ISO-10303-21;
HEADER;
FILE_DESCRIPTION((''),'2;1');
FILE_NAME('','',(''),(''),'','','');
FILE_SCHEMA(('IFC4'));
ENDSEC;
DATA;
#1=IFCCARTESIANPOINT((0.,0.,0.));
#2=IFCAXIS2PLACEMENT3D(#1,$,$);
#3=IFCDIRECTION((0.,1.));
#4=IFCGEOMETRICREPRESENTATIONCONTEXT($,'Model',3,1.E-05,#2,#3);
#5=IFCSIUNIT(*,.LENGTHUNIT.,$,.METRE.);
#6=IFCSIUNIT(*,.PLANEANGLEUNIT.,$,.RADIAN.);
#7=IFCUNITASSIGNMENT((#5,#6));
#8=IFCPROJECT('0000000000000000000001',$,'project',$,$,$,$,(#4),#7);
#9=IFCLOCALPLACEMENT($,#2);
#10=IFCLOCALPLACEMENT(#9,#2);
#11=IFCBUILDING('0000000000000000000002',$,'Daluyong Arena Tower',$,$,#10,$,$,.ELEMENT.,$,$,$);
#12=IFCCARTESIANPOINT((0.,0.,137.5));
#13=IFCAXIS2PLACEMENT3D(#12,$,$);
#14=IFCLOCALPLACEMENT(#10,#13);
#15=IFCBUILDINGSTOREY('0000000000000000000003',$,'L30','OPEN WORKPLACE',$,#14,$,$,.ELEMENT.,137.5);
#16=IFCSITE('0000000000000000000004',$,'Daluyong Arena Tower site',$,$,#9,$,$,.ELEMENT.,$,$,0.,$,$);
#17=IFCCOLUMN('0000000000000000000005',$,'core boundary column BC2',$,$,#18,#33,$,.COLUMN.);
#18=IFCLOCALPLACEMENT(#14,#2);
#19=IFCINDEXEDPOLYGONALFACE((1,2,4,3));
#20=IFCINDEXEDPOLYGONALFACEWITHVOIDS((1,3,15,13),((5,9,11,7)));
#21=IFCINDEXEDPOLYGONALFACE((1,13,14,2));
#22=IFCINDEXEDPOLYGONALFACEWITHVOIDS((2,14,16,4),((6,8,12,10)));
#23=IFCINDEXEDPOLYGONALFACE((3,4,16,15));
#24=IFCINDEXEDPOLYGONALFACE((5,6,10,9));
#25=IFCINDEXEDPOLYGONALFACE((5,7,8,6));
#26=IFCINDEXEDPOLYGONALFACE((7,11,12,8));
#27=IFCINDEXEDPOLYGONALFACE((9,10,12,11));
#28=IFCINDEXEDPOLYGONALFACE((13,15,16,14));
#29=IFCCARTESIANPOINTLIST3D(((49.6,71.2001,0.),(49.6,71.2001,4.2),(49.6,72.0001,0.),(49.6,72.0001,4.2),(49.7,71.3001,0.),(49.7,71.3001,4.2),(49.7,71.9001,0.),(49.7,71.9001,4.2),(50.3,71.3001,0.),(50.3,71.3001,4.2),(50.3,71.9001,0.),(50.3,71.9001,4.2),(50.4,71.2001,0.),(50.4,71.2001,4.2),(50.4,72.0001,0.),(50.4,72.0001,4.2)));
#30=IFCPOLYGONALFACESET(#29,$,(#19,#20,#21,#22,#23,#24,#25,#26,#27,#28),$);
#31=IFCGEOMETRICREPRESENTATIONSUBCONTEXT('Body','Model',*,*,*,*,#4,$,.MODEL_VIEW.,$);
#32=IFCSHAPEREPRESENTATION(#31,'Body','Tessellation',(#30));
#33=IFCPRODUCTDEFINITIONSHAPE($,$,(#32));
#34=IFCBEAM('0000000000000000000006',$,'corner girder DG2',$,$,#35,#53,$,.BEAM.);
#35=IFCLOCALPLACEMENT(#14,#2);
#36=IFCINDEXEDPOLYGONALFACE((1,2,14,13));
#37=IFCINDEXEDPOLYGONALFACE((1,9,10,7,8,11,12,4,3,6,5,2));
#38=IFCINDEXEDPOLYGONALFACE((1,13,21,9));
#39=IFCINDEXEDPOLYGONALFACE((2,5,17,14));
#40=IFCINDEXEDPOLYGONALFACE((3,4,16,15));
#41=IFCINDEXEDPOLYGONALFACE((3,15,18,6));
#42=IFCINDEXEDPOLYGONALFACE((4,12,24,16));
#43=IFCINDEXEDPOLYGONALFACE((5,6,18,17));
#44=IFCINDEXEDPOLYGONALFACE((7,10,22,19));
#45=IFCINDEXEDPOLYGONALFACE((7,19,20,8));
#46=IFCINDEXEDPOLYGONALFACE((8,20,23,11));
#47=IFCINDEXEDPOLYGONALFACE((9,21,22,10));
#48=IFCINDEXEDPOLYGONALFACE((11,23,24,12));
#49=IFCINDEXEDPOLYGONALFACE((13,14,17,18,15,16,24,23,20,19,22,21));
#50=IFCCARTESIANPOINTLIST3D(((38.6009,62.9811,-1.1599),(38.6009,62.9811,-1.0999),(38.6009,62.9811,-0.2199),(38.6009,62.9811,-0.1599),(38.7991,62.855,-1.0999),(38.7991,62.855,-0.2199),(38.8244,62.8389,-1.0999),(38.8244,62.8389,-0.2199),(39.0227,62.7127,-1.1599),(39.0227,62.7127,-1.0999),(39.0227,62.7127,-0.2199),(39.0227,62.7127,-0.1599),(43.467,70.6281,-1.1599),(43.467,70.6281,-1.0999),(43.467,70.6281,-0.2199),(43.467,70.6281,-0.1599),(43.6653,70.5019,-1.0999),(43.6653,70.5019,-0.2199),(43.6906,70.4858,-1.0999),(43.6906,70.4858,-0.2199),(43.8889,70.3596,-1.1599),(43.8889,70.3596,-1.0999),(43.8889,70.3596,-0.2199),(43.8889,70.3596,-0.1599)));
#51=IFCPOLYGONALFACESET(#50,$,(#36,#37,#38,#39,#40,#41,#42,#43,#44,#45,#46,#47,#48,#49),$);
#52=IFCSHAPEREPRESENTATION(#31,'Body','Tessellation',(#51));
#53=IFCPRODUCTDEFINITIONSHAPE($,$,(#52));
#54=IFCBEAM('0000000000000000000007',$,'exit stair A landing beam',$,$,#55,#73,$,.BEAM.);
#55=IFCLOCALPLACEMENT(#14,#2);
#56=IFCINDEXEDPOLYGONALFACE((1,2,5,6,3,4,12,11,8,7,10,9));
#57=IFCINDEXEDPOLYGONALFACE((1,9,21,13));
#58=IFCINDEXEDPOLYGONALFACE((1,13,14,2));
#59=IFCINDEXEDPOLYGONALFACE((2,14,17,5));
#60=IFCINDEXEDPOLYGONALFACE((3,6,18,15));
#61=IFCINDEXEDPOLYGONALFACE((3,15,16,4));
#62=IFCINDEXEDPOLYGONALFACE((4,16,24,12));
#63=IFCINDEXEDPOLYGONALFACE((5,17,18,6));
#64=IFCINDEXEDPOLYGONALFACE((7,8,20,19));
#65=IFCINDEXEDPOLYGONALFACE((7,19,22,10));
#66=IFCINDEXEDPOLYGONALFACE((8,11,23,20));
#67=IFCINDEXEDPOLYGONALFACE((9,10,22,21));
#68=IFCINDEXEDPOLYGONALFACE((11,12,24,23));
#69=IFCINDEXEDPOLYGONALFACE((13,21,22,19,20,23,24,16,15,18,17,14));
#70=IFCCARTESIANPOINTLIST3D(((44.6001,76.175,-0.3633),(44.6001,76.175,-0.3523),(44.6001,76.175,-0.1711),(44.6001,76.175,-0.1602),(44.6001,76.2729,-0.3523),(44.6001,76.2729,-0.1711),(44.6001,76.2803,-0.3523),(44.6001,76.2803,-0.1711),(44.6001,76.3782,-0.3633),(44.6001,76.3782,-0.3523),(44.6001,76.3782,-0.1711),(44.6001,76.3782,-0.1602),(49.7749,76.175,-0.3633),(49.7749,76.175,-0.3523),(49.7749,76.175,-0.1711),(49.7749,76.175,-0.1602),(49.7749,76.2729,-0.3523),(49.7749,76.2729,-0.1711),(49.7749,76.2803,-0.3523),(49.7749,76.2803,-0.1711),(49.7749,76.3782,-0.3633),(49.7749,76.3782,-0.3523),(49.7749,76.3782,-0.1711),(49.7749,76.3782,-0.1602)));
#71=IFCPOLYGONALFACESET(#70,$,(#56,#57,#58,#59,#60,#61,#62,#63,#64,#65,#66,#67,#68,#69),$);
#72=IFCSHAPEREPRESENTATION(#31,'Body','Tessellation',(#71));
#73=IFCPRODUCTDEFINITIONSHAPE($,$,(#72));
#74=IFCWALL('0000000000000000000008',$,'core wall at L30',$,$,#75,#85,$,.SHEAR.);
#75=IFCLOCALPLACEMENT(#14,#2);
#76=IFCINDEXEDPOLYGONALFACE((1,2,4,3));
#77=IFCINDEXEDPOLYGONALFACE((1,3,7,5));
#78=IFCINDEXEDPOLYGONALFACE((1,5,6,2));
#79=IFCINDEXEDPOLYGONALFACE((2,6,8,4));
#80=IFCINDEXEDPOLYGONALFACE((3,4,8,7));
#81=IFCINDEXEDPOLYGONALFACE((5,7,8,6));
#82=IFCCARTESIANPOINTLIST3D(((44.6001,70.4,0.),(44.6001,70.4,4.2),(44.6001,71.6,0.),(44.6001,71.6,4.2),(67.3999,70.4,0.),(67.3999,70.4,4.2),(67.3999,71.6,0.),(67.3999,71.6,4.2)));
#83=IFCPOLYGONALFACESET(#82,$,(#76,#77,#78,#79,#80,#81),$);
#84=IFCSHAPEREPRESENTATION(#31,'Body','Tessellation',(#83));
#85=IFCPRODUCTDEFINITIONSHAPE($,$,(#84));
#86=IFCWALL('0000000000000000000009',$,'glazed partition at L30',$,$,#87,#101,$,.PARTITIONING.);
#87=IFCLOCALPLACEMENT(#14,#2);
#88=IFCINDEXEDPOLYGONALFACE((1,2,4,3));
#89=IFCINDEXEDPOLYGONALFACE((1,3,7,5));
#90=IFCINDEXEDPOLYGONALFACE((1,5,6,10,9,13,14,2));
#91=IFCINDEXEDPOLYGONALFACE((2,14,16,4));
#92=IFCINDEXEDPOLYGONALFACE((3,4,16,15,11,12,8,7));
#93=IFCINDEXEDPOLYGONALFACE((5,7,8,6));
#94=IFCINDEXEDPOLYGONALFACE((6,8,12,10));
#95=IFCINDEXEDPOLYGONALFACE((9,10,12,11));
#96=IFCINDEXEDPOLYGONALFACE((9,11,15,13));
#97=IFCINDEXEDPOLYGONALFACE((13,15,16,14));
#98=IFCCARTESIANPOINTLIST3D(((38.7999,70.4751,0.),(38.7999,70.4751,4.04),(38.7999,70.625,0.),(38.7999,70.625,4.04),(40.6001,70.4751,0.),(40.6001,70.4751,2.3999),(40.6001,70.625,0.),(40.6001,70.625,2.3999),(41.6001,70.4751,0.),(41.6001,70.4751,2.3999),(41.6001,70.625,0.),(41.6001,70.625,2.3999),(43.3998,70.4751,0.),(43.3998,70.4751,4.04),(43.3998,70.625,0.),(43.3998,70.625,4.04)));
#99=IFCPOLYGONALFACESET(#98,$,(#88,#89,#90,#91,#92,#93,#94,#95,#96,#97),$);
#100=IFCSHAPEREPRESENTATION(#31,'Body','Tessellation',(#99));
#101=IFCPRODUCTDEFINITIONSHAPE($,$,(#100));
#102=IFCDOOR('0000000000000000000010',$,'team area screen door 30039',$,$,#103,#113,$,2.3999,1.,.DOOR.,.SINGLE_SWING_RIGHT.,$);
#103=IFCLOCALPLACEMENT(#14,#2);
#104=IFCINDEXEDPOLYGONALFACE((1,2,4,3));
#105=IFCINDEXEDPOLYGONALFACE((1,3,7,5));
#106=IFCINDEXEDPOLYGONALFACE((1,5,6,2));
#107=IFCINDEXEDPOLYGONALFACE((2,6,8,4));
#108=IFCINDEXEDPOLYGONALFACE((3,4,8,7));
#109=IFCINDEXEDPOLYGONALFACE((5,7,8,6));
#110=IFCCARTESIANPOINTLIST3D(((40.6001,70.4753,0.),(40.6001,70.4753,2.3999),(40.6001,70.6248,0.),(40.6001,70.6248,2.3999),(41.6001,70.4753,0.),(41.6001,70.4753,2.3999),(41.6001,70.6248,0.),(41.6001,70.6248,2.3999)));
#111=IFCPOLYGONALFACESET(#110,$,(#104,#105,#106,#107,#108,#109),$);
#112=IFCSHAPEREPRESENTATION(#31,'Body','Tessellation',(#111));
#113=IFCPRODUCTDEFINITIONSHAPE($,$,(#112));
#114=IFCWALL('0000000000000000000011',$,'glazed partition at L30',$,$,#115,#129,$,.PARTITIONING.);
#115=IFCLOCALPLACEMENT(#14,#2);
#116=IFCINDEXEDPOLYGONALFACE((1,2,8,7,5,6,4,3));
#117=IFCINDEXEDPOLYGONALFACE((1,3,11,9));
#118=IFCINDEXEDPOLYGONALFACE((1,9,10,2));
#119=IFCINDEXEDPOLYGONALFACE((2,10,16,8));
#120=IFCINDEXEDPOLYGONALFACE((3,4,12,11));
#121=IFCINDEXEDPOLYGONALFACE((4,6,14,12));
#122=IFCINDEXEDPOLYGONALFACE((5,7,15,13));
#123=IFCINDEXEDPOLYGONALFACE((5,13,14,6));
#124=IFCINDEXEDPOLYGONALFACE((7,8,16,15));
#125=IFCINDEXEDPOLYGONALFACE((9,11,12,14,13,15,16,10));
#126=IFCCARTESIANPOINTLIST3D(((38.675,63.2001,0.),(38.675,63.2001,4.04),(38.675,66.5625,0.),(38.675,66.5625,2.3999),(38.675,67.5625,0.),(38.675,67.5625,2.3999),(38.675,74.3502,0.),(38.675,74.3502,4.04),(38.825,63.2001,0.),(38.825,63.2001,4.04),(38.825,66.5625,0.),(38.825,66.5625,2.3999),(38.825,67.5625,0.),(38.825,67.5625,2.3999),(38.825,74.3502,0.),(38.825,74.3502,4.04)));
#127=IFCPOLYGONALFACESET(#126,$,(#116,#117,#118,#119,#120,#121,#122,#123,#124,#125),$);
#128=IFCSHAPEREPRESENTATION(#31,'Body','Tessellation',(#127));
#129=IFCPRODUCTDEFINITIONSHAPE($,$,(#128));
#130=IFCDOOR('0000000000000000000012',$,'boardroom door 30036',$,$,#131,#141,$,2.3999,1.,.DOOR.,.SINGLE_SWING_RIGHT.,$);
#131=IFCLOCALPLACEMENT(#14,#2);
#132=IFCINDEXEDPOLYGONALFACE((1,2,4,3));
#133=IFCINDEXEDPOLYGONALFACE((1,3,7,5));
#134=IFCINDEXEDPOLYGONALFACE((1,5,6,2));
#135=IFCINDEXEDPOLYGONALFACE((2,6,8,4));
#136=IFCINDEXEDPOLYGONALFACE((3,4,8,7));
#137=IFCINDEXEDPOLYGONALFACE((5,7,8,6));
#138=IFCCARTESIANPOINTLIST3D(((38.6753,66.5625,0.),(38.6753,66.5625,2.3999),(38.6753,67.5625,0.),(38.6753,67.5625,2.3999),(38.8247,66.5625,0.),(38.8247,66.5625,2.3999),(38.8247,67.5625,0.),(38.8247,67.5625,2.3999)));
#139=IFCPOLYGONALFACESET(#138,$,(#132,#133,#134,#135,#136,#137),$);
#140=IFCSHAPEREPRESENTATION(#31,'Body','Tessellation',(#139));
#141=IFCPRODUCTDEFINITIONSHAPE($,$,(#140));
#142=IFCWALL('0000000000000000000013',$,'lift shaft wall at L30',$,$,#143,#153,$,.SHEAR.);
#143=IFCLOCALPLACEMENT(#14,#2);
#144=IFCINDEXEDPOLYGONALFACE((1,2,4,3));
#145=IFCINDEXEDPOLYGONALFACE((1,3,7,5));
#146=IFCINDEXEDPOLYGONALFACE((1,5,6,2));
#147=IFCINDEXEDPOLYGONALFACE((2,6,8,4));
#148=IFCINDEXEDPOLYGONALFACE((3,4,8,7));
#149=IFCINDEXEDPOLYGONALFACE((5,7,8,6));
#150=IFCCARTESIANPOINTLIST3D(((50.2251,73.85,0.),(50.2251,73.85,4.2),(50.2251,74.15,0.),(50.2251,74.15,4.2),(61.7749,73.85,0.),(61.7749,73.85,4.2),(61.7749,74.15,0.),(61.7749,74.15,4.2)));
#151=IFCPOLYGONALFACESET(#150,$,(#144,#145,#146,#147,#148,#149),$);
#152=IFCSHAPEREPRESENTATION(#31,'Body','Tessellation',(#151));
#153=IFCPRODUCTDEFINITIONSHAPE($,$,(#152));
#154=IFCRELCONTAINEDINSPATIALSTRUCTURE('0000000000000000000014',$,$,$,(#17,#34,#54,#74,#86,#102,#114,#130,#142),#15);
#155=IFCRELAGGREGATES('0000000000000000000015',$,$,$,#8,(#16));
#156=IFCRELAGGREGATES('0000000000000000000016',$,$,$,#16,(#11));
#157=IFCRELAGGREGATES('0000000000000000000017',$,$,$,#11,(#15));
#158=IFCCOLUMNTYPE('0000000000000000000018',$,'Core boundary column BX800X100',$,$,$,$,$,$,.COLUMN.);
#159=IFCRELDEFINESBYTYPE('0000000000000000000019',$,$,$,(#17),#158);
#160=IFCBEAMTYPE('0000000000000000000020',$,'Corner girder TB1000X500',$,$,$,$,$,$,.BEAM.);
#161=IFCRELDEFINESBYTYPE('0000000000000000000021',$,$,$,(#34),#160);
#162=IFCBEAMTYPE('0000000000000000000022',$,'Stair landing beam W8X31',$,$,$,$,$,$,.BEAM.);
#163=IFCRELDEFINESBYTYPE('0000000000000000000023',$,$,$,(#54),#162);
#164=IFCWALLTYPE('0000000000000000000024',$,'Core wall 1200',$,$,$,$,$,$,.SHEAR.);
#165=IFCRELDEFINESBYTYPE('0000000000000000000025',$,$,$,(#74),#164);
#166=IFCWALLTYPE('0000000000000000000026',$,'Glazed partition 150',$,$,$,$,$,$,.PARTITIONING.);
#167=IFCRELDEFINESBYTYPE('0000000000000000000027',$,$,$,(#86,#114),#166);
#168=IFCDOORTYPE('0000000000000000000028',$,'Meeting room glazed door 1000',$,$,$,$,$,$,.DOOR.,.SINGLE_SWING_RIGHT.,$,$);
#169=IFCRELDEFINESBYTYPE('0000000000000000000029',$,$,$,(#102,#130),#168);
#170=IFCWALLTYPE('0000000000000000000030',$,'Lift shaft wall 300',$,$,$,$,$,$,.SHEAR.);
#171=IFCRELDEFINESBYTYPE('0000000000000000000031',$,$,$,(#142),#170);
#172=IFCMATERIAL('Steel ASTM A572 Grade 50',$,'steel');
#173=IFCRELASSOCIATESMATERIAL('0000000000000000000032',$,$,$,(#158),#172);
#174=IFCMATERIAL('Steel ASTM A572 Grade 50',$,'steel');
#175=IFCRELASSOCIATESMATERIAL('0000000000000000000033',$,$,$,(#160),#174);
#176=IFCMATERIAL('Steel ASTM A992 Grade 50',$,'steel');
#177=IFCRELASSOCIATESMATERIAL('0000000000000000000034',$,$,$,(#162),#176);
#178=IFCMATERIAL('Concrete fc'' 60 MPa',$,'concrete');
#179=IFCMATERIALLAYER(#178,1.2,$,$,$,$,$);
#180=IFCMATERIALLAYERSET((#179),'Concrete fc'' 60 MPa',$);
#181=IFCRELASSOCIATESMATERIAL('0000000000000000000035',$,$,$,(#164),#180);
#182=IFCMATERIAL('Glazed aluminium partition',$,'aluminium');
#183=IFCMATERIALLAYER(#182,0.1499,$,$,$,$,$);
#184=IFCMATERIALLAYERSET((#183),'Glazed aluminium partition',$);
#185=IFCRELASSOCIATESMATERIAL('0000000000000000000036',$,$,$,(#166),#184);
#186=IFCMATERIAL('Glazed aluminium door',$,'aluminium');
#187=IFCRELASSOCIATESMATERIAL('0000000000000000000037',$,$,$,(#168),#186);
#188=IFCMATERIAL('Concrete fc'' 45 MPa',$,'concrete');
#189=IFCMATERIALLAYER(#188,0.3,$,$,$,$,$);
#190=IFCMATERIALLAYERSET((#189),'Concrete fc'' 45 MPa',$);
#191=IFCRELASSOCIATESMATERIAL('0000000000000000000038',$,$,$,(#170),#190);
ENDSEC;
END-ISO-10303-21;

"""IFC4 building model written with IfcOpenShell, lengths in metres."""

from ifc_helpers import new_model, si_unit, direction, frame, frame_2d, origin, origin_2d, place, context, subcontext, project, spatial, rectangle, hollow_rectangle, i_section, extrude, material, layer, layer_set, material_profile, profile_set, type_object, element, fill, save


model = new_model("IFC4")

# Units and contexts
model_context = context("Model", 3, precision=1e-05, world=origin(), true_north=direction((0.0, 1.0)))
body_context = subcontext(model_context, "Body", "Model", "MODEL_VIEW")
ifc_project = project(units=[si_unit("LENGTHUNIT", "METRE"), si_unit("PLANEANGLEUNIT", "RADIAN")], contexts=[model_context])

# Site, building, storey
site_placement = place(None, origin())
site = spatial("IfcSite", under=ifc_project, at=site_placement, Name="Daluyong Arena Tower site", CompositionType="ELEMENT", RefElevation=0.0)
building_placement = place(site_placement, origin())
building = spatial("IfcBuilding", under=site, at=building_placement, Name="Daluyong Arena Tower", CompositionType="ELEMENT")
storey_placement = place(building_placement, frame((0.0, 0.0, 137.5)))
storey = spatial("IfcBuildingStorey", under=building, at=storey_placement, Name="L30", Description="OPEN WORKPLACE", CompositionType="ELEMENT", Elevation=137.5)

# Column
ifc_material_1 = material(Name="Steel ASTM A572 Grade 50", Category="steel")
ifc_material_profile_1 = material_profile(ifc_material_1, hollow_rectangle(XDim=0.8, YDim=0.8, WallThickness=0.1, at=origin_2d()))
ifc_profile_set_1 = profile_set([ifc_material_profile_1], Name="Steel ASTM A572 Grade 50")
column_type = type_object("IfcColumnType", Name="Core boundary column BX800X100", PredefinedType="COLUMN", material=ifc_profile_set_1)
column_placement = place(storey_placement, frame((50.0, 71.6001, 0.0), z_axis=(0.0, 0.0, 1.0), x_axis=(1.0, 0.0, 0.0)))
element("IfcColumn", 1, at=column_placement, inside=storey, type_object=column_type, Name="core boundary column BC2", PredefinedType="COLUMN", context=body_context, shape_type="SweptSolid", body=[
    extrude(hollow_rectangle(XDim=0.8, YDim=0.8, WallThickness=0.1, at=origin_2d()), origin(), (0.0, 0.0, 1.0), 4.2),
])

# Beams
ifc_material_2 = material(Name="Steel ASTM A572 Grade 50", Category="steel")
ifc_material_profile_2 = material_profile(ifc_material_2, i_section(OverallWidth=0.5, OverallDepth=1.0, WebThickness=0.03, FlangeThickness=0.06, at=origin_2d()))
ifc_profile_set_2 = profile_set([ifc_material_profile_2], Name="Steel ASTM A572 Grade 50")
beam_type_1 = type_object("IfcBeamType", Name="Corner girder TB1000X500", PredefinedType="BEAM", material=ifc_profile_set_2)
beam_1_placement = place(storey_placement, frame((38.8118, 62.8469, -0.6599), z_axis=(0.536872, 0.843664, 0.0), x_axis=(-0.843664, 0.536872, 0.0)))
element("IfcBeam", 2, at=beam_1_placement, inside=storey, type_object=beam_type_1, Name="corner girder DG2", PredefinedType="BEAM", context=body_context, shape_type="SweptSolid", body=[
    extrude(i_section(OverallWidth=0.5, OverallDepth=1.0, WebThickness=0.03, FlangeThickness=0.06, at=origin_2d()), origin(), (0.0, 0.0, 1.0), 9.064),
])
ifc_material_3 = material(Name="Steel ASTM A992 Grade 50", Category="steel")
ifc_material_profile_3 = material_profile(ifc_material_3, i_section(OverallWidth=0.2031, OverallDepth=0.2031, WebThickness=0.0073, FlangeThickness=0.011, at=origin_2d()))
ifc_profile_set_3 = profile_set([ifc_material_profile_3], Name="Steel ASTM A992 Grade 50")
beam_type_2 = type_object("IfcBeamType", Name="Stair landing beam W8X31", PredefinedType="BEAM", material=ifc_profile_set_3)
beam_2_placement = place(storey_placement, frame((44.6001, 76.2766, -0.2617), z_axis=(1.0, 0.0, 0.0), x_axis=(0.0, 1.0, 0.0)))
element("IfcBeam", 3, at=beam_2_placement, inside=storey, type_object=beam_type_2, Name="exit stair A landing beam", PredefinedType="BEAM", context=body_context, shape_type="SweptSolid", body=[
    extrude(i_section(OverallWidth=0.2031, OverallDepth=0.2031, WebThickness=0.0073, FlangeThickness=0.011, at=origin_2d()), origin(), (0.0, 0.0, 1.0), 5.1748),
])

# Shared definitions
ifc_material_4 = material(Name="Concrete fc' 60 MPa", Category="concrete")
ifc_layer_1 = layer(ifc_material_4, 1.2)
ifc_layer_set_1 = layer_set([ifc_layer_1], Name="Concrete fc' 60 MPa")
wall_type_1 = type_object("IfcWallType", Name="Core wall 1200", PredefinedType="SHEAR", material=ifc_layer_set_1)

# Wall
wall_1_placement = place(storey_placement, frame((44.6001, 71.0, 0.0), z_axis=(0.0, 0.0, 1.0), x_axis=(1.0, 0.0, 0.0)))
element("IfcWall", 4, at=wall_1_placement, inside=storey, type_object=wall_type_1, Name="core wall at L30", PredefinedType="SHEAR", context=body_context, shape_type="SweptSolid", body=[
    extrude(rectangle(XDim=22.7998, YDim=1.2, at=frame_2d((11.3999, 0.0))), origin(), (0.0, 0.0, 1.0), 4.2),
])

# Walls, openings, doors
ifc_material_5 = material(Name="Glazed aluminium partition", Category="aluminium")
ifc_layer_2 = layer(ifc_material_5, 0.1499)
ifc_layer_set_2 = layer_set([ifc_layer_2], Name="Glazed aluminium partition")
wall_type_2 = type_object("IfcWallType", Name="Glazed partition 150", PredefinedType="PARTITIONING", material=ifc_layer_set_2)
wall_2_placement = place(storey_placement, frame((38.8, 70.55, 0.0), z_axis=(0.0, 0.0, 1.0), x_axis=(1.0, 0.0, 0.0)))
wall_2 = element("IfcWall", 5, at=wall_2_placement, inside=storey, type_object=wall_type_2, Name="glazed partition at L30", PredefinedType="PARTITIONING", context=body_context, shape_type="SweptSolid", body=[
    extrude(rectangle(XDim=4.5999, YDim=0.1499, at=frame_2d((2.2998, 0.0))), origin(), (0.0, 0.0, 1.0), 4.04),
])
opening_1_placement = place(wall_2_placement, frame((1.8, 0.0, 0.0)))
opening_1 = element("IfcOpeningElement", 6, at=opening_1_placement, cuts=wall_2, PredefinedType="OPENING", context=body_context, shape_type="SweptSolid", body=[
    extrude(rectangle(XDim=1.0, YDim=2.3999, at=frame_2d((0.5, 1.2))), frame((0.0, 0.085, 0.0), z_axis=(0.0, -1.0, 0.0), x_axis=(1.0, 0.0, 0.0)), (0.0, 0.0, 1.0), 0.1699),
])
ifc_material_6 = material(Name="Glazed aluminium door", Category="aluminium")
door_type_1 = type_object("IfcDoorType", Name="Meeting room glazed door 1000", OperationType="SINGLE_SWING_RIGHT", PredefinedType="DOOR", material=ifc_material_6)
door_1_placement = place(opening_1_placement, origin())
door_1 = element("IfcDoor", 7, at=door_1_placement, inside=storey, type_object=door_type_1, Name="team area screen door 30039", OperationType="SINGLE_SWING_RIGHT", OverallHeight=2.3999, OverallWidth=1.0, PredefinedType="DOOR", context=body_context, shape_type="SweptSolid", body=[
    extrude(rectangle(XDim=1.0, YDim=2.3999, at=frame_2d((0.5, 1.2))), frame((0.0, 0.0747, 0.0), z_axis=(0.0, -1.0, 0.0), x_axis=(1.0, 0.0, 0.0)), (0.0, 0.0, 1.0), 0.1494),
])
fill(opening_1, door_1)
wall_3_placement = place(storey_placement, frame((38.75, 63.2, 0.0), z_axis=(0.0, 0.0, 1.0), x_axis=(0.0, 1.0, 0.0)))
wall_3 = element("IfcWall", 8, at=wall_3_placement, inside=storey, type_object=wall_type_2, Name="glazed partition at L30", PredefinedType="PARTITIONING", context=body_context, shape_type="SweptSolid", body=[
    extrude(rectangle(XDim=11.1501, YDim=0.1499, at=frame_2d((5.5752, 0.0))), origin(), (0.0, 0.0, 1.0), 4.04),
])
opening_2_placement = place(wall_3_placement, frame((3.3625, 0.0, 0.0)))
opening_2 = element("IfcOpeningElement", 9, at=opening_2_placement, cuts=wall_3, PredefinedType="OPENING", context=body_context, shape_type="SweptSolid", body=[
    extrude(rectangle(XDim=1.0, YDim=2.3999, at=frame_2d((0.5, 1.2))), frame((0.0, 0.085, 0.0), z_axis=(0.0, -1.0, 0.0), x_axis=(1.0, 0.0, 0.0)), (0.0, 0.0, 1.0), 0.1699),
])
door_2_placement = place(opening_2_placement, origin())
door_2 = element("IfcDoor", 10, at=door_2_placement, inside=storey, type_object=door_type_1, Name="boardroom door 30036", OperationType="SINGLE_SWING_RIGHT", OverallHeight=2.3999, OverallWidth=1.0, PredefinedType="DOOR", context=body_context, shape_type="SweptSolid", body=[
    extrude(rectangle(XDim=1.0, YDim=2.3999, at=frame_2d((0.5, 1.2))), frame((0.0, 0.0747, 0.0), z_axis=(0.0, -1.0, 0.0), x_axis=(1.0, 0.0, 0.0)), (0.0, 0.0, 1.0), 0.1494),
])
fill(opening_2, door_2)

# Wall
ifc_material_7 = material(Name="Concrete fc' 45 MPa", Category="concrete")
ifc_layer_3 = layer(ifc_material_7, 0.3)
ifc_layer_set_3 = layer_set([ifc_layer_3], Name="Concrete fc' 45 MPa")
wall_type_3 = type_object("IfcWallType", Name="Lift shaft wall 300", PredefinedType="SHEAR", material=ifc_layer_set_3)
wall_4_placement = place(storey_placement, frame((50.2251, 74.0, 0.0), z_axis=(0.0, 0.0, 1.0), x_axis=(1.0, 0.0, 0.0)))
element("IfcWall", 11, at=wall_4_placement, inside=storey, type_object=wall_type_3, Name="lift shaft wall at L30", PredefinedType="SHEAR", context=body_context, shape_type="SweptSolid", body=[
    extrude(rectangle(XDim=11.5498, YDim=0.3, at=frame_2d((5.7749, 0.0))), origin(), (0.0, 0.0, 1.0), 4.2),
])

save(model, "model.ifc")
